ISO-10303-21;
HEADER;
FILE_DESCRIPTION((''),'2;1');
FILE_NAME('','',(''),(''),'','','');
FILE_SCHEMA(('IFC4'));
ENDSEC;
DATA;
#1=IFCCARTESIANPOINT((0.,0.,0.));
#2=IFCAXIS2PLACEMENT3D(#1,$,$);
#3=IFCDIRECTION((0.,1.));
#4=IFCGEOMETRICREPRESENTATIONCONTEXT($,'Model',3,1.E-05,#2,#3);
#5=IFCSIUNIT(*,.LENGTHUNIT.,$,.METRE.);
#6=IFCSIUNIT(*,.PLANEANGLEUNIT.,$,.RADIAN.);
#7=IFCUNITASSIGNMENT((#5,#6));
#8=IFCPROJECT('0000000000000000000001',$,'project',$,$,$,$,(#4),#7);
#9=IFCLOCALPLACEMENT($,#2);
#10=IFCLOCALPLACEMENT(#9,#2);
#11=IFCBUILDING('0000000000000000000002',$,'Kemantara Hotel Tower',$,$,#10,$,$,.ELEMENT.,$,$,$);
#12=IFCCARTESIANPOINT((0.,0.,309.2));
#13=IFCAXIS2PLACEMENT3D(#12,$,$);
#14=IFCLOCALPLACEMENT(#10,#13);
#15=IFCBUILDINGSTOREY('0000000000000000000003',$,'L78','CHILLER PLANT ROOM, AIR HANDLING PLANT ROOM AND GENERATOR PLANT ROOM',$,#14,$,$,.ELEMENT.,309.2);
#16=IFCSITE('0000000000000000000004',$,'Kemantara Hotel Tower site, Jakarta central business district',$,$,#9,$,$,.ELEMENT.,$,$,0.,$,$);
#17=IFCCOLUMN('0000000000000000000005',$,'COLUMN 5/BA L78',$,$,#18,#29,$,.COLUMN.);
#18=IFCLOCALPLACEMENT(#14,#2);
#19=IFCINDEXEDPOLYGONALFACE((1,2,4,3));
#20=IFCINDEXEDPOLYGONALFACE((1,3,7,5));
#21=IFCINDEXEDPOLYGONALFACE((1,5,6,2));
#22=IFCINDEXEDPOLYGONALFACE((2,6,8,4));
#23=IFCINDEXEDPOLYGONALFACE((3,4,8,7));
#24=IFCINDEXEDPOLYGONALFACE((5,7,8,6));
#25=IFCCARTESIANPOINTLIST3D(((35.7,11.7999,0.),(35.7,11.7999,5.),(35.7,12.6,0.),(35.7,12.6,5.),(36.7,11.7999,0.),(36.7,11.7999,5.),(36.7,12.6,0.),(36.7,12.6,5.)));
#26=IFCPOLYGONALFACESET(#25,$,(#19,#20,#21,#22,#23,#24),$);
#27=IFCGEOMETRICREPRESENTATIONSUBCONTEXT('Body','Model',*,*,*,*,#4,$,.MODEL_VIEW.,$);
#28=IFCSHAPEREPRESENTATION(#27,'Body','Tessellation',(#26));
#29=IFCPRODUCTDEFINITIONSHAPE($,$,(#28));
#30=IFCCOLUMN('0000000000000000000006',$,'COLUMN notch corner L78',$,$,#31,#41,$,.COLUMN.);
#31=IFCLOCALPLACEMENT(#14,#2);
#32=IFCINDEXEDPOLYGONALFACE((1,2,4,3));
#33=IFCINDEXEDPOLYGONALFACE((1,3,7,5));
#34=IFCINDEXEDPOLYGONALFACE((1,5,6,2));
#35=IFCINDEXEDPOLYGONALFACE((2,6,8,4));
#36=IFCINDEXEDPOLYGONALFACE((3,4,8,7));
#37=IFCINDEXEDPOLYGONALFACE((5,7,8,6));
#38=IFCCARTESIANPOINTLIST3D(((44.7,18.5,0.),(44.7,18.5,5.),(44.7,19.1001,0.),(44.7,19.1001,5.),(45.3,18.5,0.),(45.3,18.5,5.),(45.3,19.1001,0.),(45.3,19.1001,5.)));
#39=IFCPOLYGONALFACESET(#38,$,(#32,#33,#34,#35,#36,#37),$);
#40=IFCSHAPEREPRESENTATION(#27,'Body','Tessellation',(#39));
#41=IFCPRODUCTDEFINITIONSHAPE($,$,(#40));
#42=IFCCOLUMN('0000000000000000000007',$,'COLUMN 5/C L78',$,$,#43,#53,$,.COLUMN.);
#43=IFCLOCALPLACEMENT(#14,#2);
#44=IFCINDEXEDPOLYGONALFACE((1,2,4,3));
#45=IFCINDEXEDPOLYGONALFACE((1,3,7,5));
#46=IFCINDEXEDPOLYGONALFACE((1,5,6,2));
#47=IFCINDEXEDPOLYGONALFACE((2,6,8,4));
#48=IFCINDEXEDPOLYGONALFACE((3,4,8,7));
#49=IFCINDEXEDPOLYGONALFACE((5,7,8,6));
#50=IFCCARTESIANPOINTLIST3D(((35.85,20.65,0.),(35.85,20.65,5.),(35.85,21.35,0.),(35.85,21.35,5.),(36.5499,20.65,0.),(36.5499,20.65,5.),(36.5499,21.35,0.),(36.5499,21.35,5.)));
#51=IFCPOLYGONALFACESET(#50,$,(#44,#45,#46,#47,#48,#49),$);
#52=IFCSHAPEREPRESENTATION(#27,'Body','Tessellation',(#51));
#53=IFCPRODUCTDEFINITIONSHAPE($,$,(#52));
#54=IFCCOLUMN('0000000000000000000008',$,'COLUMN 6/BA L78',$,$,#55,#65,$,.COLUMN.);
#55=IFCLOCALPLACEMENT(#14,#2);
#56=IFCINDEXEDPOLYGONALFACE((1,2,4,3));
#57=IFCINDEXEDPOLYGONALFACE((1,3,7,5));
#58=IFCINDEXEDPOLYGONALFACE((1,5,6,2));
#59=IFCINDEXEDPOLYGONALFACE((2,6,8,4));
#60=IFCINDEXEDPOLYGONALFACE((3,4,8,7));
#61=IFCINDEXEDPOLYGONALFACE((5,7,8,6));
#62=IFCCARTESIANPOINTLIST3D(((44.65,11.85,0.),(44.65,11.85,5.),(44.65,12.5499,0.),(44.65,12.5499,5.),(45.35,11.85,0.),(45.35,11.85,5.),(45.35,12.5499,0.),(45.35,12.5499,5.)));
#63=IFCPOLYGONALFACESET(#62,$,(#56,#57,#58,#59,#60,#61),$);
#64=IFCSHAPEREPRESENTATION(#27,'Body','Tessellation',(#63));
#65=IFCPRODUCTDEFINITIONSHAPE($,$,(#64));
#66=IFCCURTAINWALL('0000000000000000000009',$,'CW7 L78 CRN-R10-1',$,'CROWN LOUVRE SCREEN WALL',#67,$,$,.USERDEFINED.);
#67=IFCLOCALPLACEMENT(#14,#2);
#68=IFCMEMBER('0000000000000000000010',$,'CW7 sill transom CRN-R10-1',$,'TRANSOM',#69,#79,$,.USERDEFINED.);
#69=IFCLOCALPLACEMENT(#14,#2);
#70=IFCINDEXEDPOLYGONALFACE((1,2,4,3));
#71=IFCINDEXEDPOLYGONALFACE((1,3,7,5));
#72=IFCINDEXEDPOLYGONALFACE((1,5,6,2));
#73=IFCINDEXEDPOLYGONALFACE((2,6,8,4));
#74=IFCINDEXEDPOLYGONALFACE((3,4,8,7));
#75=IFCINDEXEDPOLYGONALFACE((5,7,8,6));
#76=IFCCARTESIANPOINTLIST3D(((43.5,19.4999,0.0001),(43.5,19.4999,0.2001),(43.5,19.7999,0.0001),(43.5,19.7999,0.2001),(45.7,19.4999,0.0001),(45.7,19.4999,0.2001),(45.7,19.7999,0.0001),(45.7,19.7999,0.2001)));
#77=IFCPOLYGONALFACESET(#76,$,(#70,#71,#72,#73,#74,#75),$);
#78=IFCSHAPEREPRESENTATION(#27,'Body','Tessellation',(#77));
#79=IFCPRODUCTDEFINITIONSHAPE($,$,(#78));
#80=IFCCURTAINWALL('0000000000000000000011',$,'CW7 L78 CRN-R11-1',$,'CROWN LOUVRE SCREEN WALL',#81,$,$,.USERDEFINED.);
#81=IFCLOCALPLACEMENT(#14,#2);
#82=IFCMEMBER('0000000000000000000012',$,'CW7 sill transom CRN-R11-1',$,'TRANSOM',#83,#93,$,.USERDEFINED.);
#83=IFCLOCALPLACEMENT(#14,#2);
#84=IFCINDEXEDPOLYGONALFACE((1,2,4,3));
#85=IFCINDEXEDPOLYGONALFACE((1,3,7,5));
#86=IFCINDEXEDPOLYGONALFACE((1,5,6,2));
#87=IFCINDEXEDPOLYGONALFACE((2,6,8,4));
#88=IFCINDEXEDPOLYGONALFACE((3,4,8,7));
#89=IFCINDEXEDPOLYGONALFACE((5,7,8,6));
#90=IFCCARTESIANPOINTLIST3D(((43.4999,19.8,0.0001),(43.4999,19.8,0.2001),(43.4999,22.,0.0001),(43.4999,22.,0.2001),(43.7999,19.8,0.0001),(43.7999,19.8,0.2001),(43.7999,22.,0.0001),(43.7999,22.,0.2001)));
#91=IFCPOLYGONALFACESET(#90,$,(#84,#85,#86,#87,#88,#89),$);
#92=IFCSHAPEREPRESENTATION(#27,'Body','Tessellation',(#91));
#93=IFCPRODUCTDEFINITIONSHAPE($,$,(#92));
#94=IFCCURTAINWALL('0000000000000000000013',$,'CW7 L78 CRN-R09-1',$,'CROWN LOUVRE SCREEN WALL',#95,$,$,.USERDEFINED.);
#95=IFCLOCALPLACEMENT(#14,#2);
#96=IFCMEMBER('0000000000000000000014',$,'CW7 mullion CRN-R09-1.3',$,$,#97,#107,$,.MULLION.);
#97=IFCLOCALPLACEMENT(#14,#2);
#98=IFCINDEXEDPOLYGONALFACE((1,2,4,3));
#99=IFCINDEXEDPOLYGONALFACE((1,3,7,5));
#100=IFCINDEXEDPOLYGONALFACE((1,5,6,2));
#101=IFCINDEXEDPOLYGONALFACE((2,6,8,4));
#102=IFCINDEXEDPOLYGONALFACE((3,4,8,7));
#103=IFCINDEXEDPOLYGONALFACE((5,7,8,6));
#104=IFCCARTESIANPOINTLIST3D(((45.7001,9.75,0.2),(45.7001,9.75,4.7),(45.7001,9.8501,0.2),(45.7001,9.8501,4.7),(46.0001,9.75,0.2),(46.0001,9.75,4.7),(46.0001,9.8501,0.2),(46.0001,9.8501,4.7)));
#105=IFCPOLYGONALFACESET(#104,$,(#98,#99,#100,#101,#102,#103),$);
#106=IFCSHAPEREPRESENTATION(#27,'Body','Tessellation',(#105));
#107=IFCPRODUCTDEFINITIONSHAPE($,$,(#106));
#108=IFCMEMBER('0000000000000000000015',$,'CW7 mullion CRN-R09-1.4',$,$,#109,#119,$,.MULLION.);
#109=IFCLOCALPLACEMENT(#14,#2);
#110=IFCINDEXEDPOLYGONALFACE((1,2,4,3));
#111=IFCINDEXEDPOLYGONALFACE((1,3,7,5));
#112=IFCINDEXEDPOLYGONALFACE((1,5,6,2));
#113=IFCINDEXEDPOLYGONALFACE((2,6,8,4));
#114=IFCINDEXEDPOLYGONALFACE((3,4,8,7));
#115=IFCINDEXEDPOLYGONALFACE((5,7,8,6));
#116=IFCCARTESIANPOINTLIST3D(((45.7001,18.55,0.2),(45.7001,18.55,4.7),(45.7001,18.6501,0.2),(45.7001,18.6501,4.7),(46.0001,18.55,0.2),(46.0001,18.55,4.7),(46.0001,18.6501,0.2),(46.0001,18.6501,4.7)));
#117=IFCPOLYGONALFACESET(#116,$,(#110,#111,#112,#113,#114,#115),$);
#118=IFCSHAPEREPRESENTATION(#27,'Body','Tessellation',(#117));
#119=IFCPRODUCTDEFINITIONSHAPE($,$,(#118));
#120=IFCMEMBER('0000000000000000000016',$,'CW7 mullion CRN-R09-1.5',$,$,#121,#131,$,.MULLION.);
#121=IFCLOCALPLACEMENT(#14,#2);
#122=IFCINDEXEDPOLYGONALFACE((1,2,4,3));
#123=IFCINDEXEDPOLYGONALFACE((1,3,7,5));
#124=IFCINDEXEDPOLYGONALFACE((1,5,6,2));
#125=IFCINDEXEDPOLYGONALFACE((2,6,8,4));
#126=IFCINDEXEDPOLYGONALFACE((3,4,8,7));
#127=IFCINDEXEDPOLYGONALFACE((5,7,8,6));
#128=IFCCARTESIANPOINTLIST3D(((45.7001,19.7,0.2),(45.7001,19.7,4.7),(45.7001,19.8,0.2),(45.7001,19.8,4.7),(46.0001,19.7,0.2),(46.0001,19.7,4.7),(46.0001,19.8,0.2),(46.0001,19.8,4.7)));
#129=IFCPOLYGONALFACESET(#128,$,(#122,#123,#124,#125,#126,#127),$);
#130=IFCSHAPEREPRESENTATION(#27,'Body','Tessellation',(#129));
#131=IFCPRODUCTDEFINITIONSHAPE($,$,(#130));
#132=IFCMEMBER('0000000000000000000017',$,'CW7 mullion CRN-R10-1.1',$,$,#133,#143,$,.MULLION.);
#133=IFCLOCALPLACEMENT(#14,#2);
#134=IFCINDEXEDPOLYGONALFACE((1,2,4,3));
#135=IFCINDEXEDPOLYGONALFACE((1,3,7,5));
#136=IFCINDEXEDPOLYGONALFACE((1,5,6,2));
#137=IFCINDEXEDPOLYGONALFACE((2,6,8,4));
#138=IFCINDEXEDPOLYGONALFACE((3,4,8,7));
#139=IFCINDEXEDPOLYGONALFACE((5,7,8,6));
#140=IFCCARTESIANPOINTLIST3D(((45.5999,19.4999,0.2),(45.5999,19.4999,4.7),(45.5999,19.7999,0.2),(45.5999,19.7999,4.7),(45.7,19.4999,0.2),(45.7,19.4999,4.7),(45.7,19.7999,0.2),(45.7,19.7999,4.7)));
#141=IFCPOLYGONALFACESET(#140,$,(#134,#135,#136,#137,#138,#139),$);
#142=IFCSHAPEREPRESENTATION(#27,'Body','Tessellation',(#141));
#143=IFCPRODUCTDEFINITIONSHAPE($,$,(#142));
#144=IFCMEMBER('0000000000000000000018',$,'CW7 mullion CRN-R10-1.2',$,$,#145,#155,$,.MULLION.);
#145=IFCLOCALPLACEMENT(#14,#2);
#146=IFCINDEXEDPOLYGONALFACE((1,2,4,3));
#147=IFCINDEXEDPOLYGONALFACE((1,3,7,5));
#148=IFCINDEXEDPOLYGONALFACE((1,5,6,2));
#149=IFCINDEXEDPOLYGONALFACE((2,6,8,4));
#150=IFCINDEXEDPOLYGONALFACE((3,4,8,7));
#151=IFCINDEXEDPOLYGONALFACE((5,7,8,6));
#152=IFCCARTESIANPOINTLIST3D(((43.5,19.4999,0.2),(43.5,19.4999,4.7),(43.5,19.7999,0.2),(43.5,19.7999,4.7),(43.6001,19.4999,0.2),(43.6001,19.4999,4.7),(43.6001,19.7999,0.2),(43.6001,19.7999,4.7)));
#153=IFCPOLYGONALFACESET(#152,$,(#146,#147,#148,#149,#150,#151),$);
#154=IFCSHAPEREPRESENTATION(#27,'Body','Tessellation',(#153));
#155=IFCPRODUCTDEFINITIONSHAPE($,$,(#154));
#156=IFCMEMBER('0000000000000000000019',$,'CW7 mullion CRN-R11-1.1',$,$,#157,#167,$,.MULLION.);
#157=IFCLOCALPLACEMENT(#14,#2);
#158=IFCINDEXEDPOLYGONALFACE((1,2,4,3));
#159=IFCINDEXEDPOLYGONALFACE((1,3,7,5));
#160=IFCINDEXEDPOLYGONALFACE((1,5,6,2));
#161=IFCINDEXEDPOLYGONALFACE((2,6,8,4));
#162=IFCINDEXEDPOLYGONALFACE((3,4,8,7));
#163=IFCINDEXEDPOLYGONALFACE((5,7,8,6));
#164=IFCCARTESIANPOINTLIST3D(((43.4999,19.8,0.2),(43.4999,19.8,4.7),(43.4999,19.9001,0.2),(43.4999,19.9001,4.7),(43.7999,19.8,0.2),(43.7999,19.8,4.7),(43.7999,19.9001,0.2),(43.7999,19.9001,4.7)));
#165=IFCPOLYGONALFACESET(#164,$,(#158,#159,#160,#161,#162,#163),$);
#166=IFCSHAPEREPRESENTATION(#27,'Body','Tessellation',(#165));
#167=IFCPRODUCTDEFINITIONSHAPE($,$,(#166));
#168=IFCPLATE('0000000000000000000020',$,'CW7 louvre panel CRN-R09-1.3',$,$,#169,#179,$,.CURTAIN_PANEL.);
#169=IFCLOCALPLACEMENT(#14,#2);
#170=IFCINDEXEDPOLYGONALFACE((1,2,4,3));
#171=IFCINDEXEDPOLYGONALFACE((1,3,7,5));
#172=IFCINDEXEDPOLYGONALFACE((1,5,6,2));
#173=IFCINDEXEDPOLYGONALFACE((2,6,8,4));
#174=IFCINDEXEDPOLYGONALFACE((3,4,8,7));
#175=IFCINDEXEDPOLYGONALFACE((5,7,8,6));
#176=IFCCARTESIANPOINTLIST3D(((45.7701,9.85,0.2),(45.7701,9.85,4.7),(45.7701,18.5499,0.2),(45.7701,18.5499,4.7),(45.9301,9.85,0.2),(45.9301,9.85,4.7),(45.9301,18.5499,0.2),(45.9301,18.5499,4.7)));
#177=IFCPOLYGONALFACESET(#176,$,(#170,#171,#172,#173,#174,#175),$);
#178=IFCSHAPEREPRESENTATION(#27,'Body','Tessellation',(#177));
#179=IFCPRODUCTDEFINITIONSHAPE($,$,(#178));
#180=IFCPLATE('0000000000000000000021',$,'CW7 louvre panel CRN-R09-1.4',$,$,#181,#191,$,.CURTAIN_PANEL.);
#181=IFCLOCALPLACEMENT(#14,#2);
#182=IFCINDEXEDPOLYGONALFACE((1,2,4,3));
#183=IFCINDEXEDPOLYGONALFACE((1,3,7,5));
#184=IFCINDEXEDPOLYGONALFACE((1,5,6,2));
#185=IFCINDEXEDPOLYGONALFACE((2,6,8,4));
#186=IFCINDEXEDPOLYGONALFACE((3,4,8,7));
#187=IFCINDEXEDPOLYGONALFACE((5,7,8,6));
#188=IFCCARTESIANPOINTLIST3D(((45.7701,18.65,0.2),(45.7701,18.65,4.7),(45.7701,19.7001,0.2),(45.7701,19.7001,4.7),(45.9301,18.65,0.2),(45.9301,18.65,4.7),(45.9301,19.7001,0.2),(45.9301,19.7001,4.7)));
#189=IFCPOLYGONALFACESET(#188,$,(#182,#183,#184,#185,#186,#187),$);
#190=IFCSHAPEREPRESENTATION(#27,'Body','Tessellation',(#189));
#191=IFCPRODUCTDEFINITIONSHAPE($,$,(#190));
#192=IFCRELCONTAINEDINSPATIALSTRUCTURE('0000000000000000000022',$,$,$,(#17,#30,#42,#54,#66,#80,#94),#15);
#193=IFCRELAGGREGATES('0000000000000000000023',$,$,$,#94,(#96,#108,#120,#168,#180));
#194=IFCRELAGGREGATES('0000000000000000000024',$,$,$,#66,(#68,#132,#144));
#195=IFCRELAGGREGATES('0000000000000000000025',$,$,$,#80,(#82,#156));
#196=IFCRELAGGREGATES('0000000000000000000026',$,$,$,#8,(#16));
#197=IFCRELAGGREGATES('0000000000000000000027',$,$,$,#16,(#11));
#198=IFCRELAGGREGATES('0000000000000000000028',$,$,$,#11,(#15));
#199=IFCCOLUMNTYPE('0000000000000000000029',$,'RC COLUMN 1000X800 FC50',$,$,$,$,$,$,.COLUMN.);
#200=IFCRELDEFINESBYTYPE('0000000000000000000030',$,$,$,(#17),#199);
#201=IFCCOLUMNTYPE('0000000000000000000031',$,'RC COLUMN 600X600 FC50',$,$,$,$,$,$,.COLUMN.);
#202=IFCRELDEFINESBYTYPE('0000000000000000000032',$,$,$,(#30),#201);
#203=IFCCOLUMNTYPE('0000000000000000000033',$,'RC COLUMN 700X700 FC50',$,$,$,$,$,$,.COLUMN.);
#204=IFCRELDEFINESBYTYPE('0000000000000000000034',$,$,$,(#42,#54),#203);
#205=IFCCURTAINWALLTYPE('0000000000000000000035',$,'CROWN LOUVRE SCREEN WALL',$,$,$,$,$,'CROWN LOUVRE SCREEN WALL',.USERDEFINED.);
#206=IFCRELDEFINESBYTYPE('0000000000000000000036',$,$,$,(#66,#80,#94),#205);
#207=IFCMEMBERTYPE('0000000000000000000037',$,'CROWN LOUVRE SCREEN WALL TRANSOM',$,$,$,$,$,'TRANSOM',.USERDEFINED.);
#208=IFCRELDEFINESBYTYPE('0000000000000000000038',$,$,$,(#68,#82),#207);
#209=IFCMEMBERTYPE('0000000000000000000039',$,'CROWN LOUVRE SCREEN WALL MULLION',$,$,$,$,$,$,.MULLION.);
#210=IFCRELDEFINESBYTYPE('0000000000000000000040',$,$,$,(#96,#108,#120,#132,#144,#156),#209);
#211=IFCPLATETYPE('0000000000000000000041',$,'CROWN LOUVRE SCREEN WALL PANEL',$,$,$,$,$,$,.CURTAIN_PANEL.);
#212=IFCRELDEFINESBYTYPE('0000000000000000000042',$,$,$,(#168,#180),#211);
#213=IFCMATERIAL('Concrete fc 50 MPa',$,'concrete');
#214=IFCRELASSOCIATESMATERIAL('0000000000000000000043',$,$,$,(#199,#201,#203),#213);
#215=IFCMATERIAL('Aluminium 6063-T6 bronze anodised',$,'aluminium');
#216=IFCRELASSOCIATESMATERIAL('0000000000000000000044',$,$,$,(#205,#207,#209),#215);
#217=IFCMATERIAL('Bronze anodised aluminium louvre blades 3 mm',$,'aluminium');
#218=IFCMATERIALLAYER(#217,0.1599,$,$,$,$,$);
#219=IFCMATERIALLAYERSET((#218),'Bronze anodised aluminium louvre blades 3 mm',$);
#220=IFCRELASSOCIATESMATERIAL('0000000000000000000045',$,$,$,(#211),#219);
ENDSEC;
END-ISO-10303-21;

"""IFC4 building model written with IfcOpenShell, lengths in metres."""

from ifc_helpers import new_model, si_unit, direction, frame, origin, origin_2d, place, context, subcontext, project, spatial, rectangle, extrude, source, transform, mapped, material, layer, layer_set, material_profile, profile_set, type_object, element, aggregate, save


model = new_model("IFC4")

# Units and contexts
model_context = context("Model", 3, precision=1e-05, world=origin(), true_north=direction((0.0, 1.0)))
body_context = subcontext(model_context, "Body", "Model", "MODEL_VIEW")
ifc_project = project(units=[si_unit("LENGTHUNIT", "METRE"), si_unit("PLANEANGLEUNIT", "RADIAN")], contexts=[model_context])

# Site, building, storey
site_placement = place(None, origin())
site = spatial("IfcSite", under=ifc_project, at=site_placement, Name="Kemantara Hotel Tower site, Jakarta central business district", CompositionType="ELEMENT", RefElevation=0.0)
building_placement = place(site_placement, origin())
building = spatial("IfcBuilding", under=site, at=building_placement, Name="Kemantara Hotel Tower", CompositionType="ELEMENT")
storey_placement = place(building_placement, frame((0.0, 0.0, 309.2)))
storey = spatial("IfcBuildingStorey", under=building, at=storey_placement, Name="L78", Description="CHILLER PLANT ROOM, AIR HANDLING PLANT ROOM AND GENERATOR PLANT ROOM", CompositionType="ELEMENT", Elevation=309.2)

# Columns
ifc_material_1 = material(Name="Concrete fc 50 MPa", Category="concrete")
ifc_material_profile_1 = material_profile(ifc_material_1, rectangle(XDim=1.0, YDim=0.8, at=origin_2d()), Name="RC 1000X800")
ifc_profile_set_1 = profile_set([ifc_material_profile_1], Name="Concrete fc 50 MPa")
column_type_1 = type_object("IfcColumnType", Name="RC COLUMN 1000X800 FC50", PredefinedType="COLUMN", material=ifc_profile_set_1)
column_1_placement = place(storey_placement, frame((36.2, 12.2, 0.0), z_axis=(0.0, 0.0, 1.0), x_axis=(1.0, 0.0, 0.0)))
element("IfcColumn", 1, at=column_1_placement, inside=storey, type_object=column_type_1, Name="COLUMN 5/BA L78", PredefinedType="COLUMN", context=body_context, shape_type="SweptSolid", body=[
    extrude(rectangle(XDim=1.0, YDim=0.8, at=origin_2d()), origin(), (0.0, 0.0, 1.0), 5.0),
])
ifc_material_profile_2 = material_profile(ifc_material_1, rectangle(XDim=0.6001, YDim=0.6001, at=origin_2d()), Name="RC 600X600")
ifc_profile_set_2 = profile_set([ifc_material_profile_2], Name="Concrete fc 50 MPa")
column_type_2 = type_object("IfcColumnType", Name="RC COLUMN 600X600 FC50", PredefinedType="COLUMN", material=ifc_profile_set_2)
column_2_placement = place(storey_placement, frame((45.0, 18.8, 0.0), z_axis=(0.0, 0.0, 1.0), x_axis=(1.0, 0.0, 0.0)))
element("IfcColumn", 2, at=column_2_placement, inside=storey, type_object=column_type_2, Name="COLUMN notch corner L78", PredefinedType="COLUMN", context=body_context, shape_type="SweptSolid", body=[
    extrude(rectangle(XDim=0.6001, YDim=0.6001, at=origin_2d()), origin(), (0.0, 0.0, 1.0), 5.0),
])
ifc_material_profile_3 = material_profile(ifc_material_1, rectangle(XDim=0.7, YDim=0.7, at=origin_2d()), Name="RC 700X700")
ifc_profile_set_3 = profile_set([ifc_material_profile_3], Name="Concrete fc 50 MPa")
column_type_3 = type_object("IfcColumnType", Name="RC COLUMN 700X700 FC50", PredefinedType="COLUMN", material=ifc_profile_set_3)
for number, where, z_axis, x_axis, name in (
    (3, (36.2, 21.0, 0.0), (0.0, 0.0, 1.0), (1.0, 0.0, 0.0), "COLUMN 5/C L78"),
    (4, (45.0, 12.2, 0.0), (0.0, 0.0, 1.0), (1.0, 0.0, 0.0), "COLUMN 6/BA L78"),
):
    element("IfcColumn", number, at=place(storey_placement, frame(where, z_axis=z_axis, x_axis=x_axis)), inside=storey, type_object=column_type_3, Name=name, PredefinedType="COLUMN", context=body_context, shape_type="SweptSolid", body=[
        extrude(rectangle(XDim=0.7, YDim=0.7, at=origin_2d()), origin(), (0.0, 0.0, 1.0), 5.0),
    ])

# Curtain walls, members
ifc_material_2 = material(Name="Aluminium 6063-T6 bronze anodised", Category="aluminium")
curtain_wall_type = type_object("IfcCurtainWallType", Name="CROWN LOUVRE SCREEN WALL", ElementType="CROWN LOUVRE SCREEN WALL", PredefinedType="USERDEFINED", material=ifc_material_2)
curtain_wall_1_placement = place(storey_placement, origin())
curtain_wall_1 = element("IfcCurtainWall", 5, at=curtain_wall_1_placement, inside=storey, type_object=curtain_wall_type, Name="CW7 L78 CRN-R10-1", ObjectType="CROWN LOUVRE SCREEN WALL", PredefinedType="USERDEFINED")
ifc_material_profile_4 = material_profile(ifc_material_2, rectangle(XDim=0.3, YDim=0.2, at=origin_2d()), Name="CROWN LOUVRE SCREEN WALL TRANSOM")
ifc_profile_set_4 = profile_set([ifc_material_profile_4], Name="Aluminium 6063-T6 bronze anodised")
member_type_1 = type_object("IfcMemberType", Name="CROWN LOUVRE SCREEN WALL TRANSOM", ElementType="TRANSOM", PredefinedType="USERDEFINED", material=ifc_profile_set_4)
member_1_placement = place(storey_placement, frame((45.7, 19.6499, 0.1001), z_axis=(-1.0, 0.0, 0.0), x_axis=(0.0, -1.0, 0.0)))
member_1 = element("IfcMember", 6, at=member_1_placement, type_object=member_type_1, Name="CW7 sill transom CRN-R10-1", ObjectType="TRANSOM", PredefinedType="USERDEFINED", context=body_context, shape_type="SweptSolid", body=[
    extrude(rectangle(XDim=0.3, YDim=0.2, at=origin_2d()), origin(), (0.0, 0.0, 1.0), 2.2),
])
curtain_wall_2_placement = place(storey_placement, origin())
curtain_wall_2 = element("IfcCurtainWall", 7, at=curtain_wall_2_placement, inside=storey, type_object=curtain_wall_type, Name="CW7 L78 CRN-R11-1", ObjectType="CROWN LOUVRE SCREEN WALL", PredefinedType="USERDEFINED")
member_2_placement = place(storey_placement, frame((43.6499, 19.8, 0.1001), z_axis=(0.0, 1.0, 0.0), x_axis=(-1.0, 0.0, 0.0)))
member_2 = element("IfcMember", 8, at=member_2_placement, type_object=member_type_1, Name="CW7 sill transom CRN-R11-1", ObjectType="TRANSOM", PredefinedType="USERDEFINED", context=body_context, shape_type="SweptSolid", body=[
    extrude(rectangle(XDim=0.3, YDim=0.2, at=origin_2d()), origin(), (0.0, 0.0, 1.0), 2.2),
])

# Curtain wall, members
curtain_wall_3_placement = place(storey_placement, origin())
curtain_wall_3 = element("IfcCurtainWall", 9, at=curtain_wall_3_placement, inside=storey, type_object=curtain_wall_type, Name="CW7 L78 CRN-R09-1", ObjectType="CROWN LOUVRE SCREEN WALL", PredefinedType="USERDEFINED")
ifc_material_profile_5 = material_profile(ifc_material_2, rectangle(XDim=0.3, YDim=0.1001, at=origin_2d()), Name="CROWN LOUVRE SCREEN WALL MULLION")
ifc_profile_set_5 = profile_set([ifc_material_profile_5], Name="Aluminium 6063-T6 bronze anodised")
member_type_2 = type_object("IfcMemberType", Name="CROWN LOUVRE SCREEN WALL MULLION", PredefinedType="MULLION", material=ifc_profile_set_5)
shared_shape_1 = source(origin(), body_context, "Body", "SweptSolid", [
    extrude(rectangle(XDim=0.3, YDim=0.1001, at=origin_2d()), origin(), (0.0, 0.0, 1.0), 4.5),
])
member_3_placement = place(storey_placement, frame((45.8501, 9.8, 0.2), z_axis=(0.0, 0.0, 1.0), x_axis=(-1.0, 0.0, 0.0)))
member_3 = element("IfcMember", 10, at=member_3_placement, type_object=member_type_2, Name="CW7 mullion CRN-R09-1.3", PredefinedType="MULLION", context=body_context, shape_type="MappedRepresentation", body=[
    mapped(shared_shape_1, transform((0.0, 0.0, 0.0))),
])
member_4_placement = place(storey_placement, frame((45.8501, 18.6001, 0.2), z_axis=(0.0, 0.0, 1.0), x_axis=(-1.0, 0.0, 0.0)))
member_4 = element("IfcMember", 11, at=member_4_placement, type_object=member_type_2, Name="CW7 mullion CRN-R09-1.4", PredefinedType="MULLION", context=body_context, shape_type="MappedRepresentation", body=[
    mapped(shared_shape_1, transform((0.0, 0.0, 0.0))),
])
member_5_placement = place(storey_placement, frame((45.8501, 19.75, 0.2), z_axis=(0.0, 0.0, 1.0), x_axis=(-1.0, 0.0, 0.0)))
member_5 = element("IfcMember", 12, at=member_5_placement, type_object=member_type_2, Name="CW7 mullion CRN-R09-1.5", PredefinedType="MULLION", context=body_context, shape_type="MappedRepresentation", body=[
    mapped(shared_shape_1, transform((0.0, 0.0, 0.0))),
])

# Members
member_6_placement = place(storey_placement, frame((45.6499, 19.6499, 0.2), z_axis=(0.0, 0.0, 1.0), x_axis=(0.0, -1.0, 0.0)))
member_6 = element("IfcMember", 13, at=member_6_placement, type_object=member_type_2, Name="CW7 mullion CRN-R10-1.1", PredefinedType="MULLION", context=body_context, shape_type="MappedRepresentation", body=[
    mapped(shared_shape_1, transform((0.0, 0.0, 0.0))),
])
member_7_placement = place(storey_placement, frame((43.55, 19.6499, 0.2), z_axis=(0.0, 0.0, 1.0), x_axis=(0.0, -1.0, 0.0)))
member_7 = element("IfcMember", 14, at=member_7_placement, type_object=member_type_2, Name="CW7 mullion CRN-R10-1.2", PredefinedType="MULLION", context=body_context, shape_type="MappedRepresentation", body=[
    mapped(shared_shape_1, transform((0.0, 0.0, 0.0))),
])
member_8_placement = place(storey_placement, frame((43.6499, 19.8501, 0.2), z_axis=(0.0, 0.0, 1.0), x_axis=(-1.0, 0.0, 0.0)))
member_8 = element("IfcMember", 15, at=member_8_placement, type_object=member_type_2, Name="CW7 mullion CRN-R11-1.1", PredefinedType="MULLION", context=body_context, shape_type="MappedRepresentation", body=[
    mapped(shared_shape_1, transform((0.0, 0.0, 0.0))),
])

# Plates
ifc_material_3 = material(Name="Bronze anodised aluminium louvre blades 3 mm", Category="aluminium")
ifc_layer_1 = layer(ifc_material_3, 0.1599)
ifc_layer_set_1 = layer_set([ifc_layer_1], Name="Bronze anodised aluminium louvre blades 3 mm")
plate_type = type_object("IfcPlateType", Name="CROWN LOUVRE SCREEN WALL PANEL", PredefinedType="CURTAIN_PANEL", material=ifc_layer_set_1)
shared_shape_2 = source(origin(), body_context, "Body", "SweptSolid", [
    extrude(rectangle(XDim=8.7, YDim=0.1599, at=origin_2d()), origin(), (0.0, 0.0, 1.0), 4.5),
])
plate_1_placement = place(storey_placement, frame((45.8501, 14.2, 0.2), z_axis=(0.0, 0.0, 1.0), x_axis=(0.0, 1.0, 0.0)))
plate_1 = element("IfcPlate", 16, at=plate_1_placement, type_object=plate_type, Name="CW7 louvre panel CRN-R09-1.3", PredefinedType="CURTAIN_PANEL", context=body_context, shape_type="MappedRepresentation", body=[
    mapped(shared_shape_2, transform((0.0, 0.0, 0.0))),
])
shared_shape_3 = source(origin(), body_context, "Body", "SweptSolid", [
    extrude(rectangle(XDim=1.05, YDim=0.1599, at=origin_2d()), origin(), (0.0, 0.0, 1.0), 4.5),
])
plate_2_placement = place(storey_placement, frame((45.8501, 19.175, 0.2), z_axis=(0.0, 0.0, 1.0), x_axis=(0.0, 1.0, 0.0)))
plate_2 = element("IfcPlate", 17, at=plate_2_placement, type_object=plate_type, Name="CW7 louvre panel CRN-R09-1.4", PredefinedType="CURTAIN_PANEL", context=body_context, shape_type="MappedRepresentation", body=[
    mapped(shared_shape_3, transform((0.0, 0.0, 0.0))),
])
aggregate(curtain_wall_3, [member_3, member_4, member_5, plate_1, plate_2])
aggregate(curtain_wall_1, [member_1, member_6, member_7])
aggregate(curtain_wall_2, [member_2, member_8])

save(model, "model.ifc")
